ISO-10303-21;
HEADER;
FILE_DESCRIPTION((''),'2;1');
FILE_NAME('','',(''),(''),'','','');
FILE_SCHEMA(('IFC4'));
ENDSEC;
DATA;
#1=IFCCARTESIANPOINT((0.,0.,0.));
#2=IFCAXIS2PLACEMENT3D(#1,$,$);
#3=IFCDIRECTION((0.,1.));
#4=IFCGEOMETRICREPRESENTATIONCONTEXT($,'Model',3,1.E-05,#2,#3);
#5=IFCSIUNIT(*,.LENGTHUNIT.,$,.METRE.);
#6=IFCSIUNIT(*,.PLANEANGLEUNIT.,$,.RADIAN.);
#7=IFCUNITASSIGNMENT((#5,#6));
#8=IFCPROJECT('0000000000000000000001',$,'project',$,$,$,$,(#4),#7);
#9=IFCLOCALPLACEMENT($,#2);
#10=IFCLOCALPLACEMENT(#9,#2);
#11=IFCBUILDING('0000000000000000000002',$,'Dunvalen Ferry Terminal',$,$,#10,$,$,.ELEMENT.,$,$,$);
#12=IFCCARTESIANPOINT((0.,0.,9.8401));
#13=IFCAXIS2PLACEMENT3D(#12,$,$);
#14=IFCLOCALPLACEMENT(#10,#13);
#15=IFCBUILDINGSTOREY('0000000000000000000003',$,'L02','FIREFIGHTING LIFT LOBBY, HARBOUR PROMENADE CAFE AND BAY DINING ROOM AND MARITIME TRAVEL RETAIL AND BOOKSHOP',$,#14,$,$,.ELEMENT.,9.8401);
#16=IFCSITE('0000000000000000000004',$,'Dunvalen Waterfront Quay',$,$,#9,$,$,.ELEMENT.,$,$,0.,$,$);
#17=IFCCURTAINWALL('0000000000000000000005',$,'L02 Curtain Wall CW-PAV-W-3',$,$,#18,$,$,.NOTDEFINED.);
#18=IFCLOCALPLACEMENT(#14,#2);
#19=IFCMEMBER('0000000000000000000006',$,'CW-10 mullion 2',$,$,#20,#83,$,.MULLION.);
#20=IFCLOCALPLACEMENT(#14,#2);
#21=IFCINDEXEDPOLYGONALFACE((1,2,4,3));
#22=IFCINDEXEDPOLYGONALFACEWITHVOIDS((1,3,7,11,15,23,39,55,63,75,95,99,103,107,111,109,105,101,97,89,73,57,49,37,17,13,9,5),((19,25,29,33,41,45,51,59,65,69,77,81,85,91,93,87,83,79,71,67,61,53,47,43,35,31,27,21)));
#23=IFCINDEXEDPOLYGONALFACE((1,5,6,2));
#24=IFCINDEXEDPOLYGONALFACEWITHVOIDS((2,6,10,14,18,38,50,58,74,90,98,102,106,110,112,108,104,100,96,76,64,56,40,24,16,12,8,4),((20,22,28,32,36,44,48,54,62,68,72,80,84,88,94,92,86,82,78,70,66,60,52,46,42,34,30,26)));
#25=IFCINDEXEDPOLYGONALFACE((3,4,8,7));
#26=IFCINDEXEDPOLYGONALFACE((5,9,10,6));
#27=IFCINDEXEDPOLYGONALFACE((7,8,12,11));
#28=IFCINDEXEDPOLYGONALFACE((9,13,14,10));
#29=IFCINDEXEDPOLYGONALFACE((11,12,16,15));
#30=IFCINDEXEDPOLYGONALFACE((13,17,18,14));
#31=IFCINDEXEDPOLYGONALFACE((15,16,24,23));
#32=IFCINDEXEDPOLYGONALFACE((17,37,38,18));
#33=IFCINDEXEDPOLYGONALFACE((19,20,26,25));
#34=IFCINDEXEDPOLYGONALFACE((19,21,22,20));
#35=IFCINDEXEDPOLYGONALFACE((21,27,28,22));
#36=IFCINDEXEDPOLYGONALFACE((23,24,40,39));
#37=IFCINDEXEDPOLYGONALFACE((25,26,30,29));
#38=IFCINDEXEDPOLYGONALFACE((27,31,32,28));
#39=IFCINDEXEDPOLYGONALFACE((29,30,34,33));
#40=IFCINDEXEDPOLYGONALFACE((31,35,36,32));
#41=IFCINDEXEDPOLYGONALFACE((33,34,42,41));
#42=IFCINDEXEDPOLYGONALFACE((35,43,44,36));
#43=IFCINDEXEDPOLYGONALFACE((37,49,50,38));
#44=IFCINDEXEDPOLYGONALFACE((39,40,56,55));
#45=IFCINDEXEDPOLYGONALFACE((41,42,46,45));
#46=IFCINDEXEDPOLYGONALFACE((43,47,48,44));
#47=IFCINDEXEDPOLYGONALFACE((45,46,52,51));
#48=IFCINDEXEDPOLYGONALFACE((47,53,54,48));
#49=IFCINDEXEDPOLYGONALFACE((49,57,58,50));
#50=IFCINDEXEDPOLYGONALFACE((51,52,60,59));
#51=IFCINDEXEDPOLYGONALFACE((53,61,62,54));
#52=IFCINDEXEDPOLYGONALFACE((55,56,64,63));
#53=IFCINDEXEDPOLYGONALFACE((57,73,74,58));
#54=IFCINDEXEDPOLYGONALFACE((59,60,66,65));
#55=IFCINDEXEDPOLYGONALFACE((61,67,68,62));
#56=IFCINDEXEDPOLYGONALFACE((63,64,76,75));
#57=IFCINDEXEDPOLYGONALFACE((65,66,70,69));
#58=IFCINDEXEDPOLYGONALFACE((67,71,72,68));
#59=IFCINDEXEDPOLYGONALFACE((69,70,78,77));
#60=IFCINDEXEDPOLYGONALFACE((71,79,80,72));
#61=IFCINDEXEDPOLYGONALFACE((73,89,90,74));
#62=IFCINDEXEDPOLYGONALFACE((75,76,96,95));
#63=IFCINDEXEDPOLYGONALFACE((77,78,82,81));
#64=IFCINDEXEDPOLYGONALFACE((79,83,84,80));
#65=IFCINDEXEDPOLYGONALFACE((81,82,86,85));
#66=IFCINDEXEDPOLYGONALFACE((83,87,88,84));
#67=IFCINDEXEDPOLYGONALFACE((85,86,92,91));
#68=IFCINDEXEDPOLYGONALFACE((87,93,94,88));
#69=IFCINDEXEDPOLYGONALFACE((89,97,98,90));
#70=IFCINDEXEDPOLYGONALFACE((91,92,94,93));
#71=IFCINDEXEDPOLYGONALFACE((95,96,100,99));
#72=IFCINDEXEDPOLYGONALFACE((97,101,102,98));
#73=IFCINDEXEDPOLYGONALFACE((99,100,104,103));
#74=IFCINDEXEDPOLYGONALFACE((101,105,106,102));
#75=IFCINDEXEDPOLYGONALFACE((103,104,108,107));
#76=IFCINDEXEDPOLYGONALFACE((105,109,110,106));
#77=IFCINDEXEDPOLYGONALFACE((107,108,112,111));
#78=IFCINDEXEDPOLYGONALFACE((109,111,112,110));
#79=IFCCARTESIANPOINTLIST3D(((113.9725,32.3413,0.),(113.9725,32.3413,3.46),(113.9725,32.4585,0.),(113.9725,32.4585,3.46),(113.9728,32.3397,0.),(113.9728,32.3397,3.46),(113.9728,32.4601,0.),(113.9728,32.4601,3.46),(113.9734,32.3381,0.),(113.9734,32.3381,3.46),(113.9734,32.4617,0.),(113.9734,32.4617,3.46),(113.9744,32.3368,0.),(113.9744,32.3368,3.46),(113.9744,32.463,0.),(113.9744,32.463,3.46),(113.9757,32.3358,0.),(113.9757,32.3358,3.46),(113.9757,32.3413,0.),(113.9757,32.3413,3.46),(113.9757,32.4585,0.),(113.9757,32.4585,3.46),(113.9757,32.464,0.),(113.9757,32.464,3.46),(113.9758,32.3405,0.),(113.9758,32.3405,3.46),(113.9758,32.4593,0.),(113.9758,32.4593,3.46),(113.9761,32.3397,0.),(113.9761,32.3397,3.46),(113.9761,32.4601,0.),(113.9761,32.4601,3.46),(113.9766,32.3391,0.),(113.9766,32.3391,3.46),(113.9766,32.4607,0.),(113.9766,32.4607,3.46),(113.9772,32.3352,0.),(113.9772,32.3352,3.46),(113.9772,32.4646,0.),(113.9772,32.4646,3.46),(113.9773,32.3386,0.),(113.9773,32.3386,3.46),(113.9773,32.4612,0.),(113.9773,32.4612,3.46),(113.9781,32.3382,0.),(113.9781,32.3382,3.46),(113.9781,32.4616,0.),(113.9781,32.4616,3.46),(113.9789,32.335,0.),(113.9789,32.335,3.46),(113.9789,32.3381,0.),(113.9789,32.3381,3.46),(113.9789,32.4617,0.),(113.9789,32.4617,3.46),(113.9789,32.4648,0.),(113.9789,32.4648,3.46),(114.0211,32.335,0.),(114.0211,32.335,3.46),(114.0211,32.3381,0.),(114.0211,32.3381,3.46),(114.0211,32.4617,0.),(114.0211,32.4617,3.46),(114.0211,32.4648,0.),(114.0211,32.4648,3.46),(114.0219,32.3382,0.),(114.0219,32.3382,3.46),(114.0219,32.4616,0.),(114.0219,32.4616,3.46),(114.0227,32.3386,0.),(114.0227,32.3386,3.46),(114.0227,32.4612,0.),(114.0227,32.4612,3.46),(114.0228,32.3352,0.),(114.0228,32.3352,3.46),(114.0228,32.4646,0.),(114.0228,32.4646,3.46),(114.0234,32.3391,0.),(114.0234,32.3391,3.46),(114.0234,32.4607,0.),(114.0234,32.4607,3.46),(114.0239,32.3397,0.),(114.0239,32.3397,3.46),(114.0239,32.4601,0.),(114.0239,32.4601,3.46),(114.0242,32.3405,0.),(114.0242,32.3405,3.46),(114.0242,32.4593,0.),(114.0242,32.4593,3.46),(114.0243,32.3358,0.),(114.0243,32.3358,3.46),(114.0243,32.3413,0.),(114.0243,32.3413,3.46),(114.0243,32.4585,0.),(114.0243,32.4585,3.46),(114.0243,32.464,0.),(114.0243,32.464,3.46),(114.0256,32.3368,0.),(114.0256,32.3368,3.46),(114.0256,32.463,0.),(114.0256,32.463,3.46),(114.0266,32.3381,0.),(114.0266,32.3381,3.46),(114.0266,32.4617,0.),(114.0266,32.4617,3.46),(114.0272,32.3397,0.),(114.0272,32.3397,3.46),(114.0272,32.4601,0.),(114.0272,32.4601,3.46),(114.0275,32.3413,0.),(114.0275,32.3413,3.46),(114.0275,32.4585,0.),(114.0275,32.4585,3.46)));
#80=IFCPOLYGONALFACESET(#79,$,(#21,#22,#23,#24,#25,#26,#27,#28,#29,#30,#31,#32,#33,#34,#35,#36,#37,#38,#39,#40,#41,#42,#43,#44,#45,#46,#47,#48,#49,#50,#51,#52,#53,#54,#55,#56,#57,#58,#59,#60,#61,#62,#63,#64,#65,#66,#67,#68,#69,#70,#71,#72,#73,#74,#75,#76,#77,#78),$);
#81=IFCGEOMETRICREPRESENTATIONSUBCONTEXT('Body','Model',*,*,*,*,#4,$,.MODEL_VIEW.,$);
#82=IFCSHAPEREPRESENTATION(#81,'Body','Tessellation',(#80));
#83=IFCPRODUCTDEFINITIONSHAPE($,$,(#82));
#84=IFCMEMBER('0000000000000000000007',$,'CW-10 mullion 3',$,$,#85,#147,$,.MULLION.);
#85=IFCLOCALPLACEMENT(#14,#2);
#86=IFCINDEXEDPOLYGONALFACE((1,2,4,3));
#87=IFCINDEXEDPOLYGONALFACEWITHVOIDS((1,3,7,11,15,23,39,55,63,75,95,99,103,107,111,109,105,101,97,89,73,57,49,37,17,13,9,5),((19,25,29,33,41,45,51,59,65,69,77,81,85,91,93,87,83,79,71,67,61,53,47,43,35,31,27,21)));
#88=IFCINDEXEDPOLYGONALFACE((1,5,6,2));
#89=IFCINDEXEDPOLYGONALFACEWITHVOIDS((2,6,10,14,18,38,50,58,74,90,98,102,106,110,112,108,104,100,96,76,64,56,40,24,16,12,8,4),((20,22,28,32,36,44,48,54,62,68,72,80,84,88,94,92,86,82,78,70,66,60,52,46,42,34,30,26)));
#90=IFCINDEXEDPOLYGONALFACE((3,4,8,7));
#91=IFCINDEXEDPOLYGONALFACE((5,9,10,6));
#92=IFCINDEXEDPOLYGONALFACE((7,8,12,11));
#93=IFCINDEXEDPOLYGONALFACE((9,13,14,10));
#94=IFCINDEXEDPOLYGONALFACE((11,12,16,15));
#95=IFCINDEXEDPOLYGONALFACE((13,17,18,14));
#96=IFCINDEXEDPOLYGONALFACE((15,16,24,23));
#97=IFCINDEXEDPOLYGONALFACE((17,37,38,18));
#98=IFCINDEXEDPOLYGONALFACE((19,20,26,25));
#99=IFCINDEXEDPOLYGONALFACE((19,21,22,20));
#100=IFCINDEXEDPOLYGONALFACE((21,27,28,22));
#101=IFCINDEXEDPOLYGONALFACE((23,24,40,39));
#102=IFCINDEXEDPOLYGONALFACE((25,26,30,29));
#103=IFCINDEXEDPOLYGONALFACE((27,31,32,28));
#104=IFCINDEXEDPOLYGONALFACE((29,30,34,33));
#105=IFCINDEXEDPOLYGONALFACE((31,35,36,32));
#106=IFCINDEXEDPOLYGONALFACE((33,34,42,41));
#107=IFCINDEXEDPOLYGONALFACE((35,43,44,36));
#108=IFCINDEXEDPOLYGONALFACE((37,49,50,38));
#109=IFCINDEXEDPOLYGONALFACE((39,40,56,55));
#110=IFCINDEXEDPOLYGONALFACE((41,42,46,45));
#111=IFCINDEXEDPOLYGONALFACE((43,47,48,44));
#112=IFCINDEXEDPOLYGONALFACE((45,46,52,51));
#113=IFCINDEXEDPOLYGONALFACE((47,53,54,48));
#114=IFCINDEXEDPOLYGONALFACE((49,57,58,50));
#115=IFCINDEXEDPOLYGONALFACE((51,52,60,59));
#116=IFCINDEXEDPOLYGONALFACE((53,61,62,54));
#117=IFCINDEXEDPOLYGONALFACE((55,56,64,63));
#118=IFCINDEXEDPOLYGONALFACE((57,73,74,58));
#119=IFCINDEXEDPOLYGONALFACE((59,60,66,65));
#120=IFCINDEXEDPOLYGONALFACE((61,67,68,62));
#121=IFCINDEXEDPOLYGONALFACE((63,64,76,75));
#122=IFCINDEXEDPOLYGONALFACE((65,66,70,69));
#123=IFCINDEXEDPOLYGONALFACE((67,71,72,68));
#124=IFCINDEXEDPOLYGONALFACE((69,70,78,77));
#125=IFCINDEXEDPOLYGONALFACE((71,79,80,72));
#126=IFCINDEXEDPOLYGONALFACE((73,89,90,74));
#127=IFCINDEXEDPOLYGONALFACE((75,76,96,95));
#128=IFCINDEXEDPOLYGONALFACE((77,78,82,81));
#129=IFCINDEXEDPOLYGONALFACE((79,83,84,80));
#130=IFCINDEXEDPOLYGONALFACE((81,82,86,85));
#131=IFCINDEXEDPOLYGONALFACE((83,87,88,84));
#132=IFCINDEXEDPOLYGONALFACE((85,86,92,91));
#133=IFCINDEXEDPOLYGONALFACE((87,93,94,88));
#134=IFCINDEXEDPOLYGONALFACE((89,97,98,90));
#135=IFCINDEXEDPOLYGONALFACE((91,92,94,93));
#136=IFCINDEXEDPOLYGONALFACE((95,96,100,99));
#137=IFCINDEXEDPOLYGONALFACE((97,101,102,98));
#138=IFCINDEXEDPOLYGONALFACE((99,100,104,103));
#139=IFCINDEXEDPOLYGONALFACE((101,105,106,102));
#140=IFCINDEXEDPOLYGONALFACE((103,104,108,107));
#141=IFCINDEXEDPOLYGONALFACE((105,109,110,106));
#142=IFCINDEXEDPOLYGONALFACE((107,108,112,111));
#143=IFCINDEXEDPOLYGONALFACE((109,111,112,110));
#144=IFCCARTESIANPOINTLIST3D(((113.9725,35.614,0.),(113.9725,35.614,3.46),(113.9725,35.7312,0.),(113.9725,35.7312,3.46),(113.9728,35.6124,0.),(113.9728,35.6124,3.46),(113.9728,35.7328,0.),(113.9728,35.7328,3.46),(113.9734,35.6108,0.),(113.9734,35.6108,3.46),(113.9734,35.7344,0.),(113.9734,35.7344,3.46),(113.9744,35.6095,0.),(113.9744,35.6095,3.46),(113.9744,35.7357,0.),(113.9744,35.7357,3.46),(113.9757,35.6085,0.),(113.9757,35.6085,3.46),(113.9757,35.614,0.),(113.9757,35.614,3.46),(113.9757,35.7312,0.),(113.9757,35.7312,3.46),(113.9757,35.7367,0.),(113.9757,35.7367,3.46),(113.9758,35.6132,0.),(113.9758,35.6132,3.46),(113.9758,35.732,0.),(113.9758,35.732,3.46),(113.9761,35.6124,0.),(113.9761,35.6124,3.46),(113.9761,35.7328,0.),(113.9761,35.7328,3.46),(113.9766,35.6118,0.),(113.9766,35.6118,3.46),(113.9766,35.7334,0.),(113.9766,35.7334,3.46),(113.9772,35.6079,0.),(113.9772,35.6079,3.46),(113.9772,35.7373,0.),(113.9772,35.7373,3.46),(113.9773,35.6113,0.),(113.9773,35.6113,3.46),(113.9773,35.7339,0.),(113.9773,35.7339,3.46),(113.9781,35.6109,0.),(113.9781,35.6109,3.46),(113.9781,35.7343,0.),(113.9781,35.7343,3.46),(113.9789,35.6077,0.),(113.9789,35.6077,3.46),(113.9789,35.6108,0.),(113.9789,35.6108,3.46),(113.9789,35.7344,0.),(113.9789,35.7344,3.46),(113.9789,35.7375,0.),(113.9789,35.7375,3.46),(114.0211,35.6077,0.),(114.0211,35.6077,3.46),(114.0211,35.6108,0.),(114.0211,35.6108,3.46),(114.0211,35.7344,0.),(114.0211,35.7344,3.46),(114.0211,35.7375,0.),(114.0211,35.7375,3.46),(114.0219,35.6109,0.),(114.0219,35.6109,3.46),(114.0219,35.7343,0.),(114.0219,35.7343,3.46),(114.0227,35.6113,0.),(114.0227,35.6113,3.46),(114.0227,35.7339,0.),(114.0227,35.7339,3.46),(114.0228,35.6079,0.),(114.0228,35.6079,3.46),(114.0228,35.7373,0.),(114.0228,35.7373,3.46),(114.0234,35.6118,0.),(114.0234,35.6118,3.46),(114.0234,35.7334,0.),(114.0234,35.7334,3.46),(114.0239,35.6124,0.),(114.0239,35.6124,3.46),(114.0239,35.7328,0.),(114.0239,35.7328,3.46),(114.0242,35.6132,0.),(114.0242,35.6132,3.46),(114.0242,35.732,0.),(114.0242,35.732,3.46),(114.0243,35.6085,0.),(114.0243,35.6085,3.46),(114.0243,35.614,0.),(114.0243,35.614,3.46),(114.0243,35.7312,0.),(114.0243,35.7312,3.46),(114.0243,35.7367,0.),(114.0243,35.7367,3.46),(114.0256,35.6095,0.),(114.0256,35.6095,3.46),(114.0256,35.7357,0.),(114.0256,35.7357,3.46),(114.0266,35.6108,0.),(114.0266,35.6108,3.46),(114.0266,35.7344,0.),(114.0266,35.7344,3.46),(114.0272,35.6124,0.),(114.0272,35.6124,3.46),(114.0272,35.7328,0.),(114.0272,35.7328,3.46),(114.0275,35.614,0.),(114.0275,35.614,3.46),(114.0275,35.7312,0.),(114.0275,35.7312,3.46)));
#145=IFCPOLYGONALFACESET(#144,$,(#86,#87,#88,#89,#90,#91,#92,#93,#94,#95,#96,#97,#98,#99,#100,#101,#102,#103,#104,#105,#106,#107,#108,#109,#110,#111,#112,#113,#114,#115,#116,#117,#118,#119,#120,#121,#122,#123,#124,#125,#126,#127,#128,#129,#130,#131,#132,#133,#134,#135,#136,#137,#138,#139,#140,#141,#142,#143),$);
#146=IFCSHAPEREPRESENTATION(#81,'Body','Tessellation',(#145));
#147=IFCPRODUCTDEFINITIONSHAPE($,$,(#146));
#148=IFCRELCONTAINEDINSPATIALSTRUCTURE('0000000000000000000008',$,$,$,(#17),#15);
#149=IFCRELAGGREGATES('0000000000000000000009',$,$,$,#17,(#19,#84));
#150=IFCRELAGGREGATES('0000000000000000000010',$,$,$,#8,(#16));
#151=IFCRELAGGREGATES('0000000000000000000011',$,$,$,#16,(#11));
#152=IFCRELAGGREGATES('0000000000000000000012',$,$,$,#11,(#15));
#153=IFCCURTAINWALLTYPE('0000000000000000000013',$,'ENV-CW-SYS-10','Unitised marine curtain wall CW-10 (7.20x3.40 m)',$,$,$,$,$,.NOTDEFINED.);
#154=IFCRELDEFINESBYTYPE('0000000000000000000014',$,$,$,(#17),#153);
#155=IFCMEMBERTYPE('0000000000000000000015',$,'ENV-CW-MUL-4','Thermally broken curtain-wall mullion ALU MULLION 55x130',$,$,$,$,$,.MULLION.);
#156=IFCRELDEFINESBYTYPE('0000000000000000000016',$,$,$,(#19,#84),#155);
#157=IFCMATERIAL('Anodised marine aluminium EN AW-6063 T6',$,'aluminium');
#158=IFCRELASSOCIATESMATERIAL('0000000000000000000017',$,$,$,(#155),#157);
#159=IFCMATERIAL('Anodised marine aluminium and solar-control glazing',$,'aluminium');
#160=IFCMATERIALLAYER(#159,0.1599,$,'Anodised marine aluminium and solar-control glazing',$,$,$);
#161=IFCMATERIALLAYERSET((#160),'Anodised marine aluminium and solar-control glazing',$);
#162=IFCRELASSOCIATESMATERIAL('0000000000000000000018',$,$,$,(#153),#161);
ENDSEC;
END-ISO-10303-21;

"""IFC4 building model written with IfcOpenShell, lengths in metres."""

from ifc_helpers import new_model, si_unit, direction, frame, origin, origin_2d, place, context, subcontext, project, spatial, hollow_rectangle, extrude, material, layer, layer_set, material_profile, profile_set, type_object, element, aggregate, save


model = new_model("IFC4")

# Units and contexts
model_context = context("Model", 3, precision=1e-05, world=origin(), true_north=direction((0.0, 1.0)))
body_context = subcontext(model_context, "Body", "Model", "MODEL_VIEW")
ifc_project = project(units=[si_unit("LENGTHUNIT", "METRE"), si_unit("PLANEANGLEUNIT", "RADIAN")], contexts=[model_context])

# Site, building, storey
site_placement = place(None, origin())
site = spatial("IfcSite", under=ifc_project, at=site_placement, Name="Dunvalen Waterfront Quay", CompositionType="ELEMENT", RefElevation=0.0)
building_placement = place(site_placement, origin())
building = spatial("IfcBuilding", under=site, at=building_placement, Name="Dunvalen Ferry Terminal", CompositionType="ELEMENT")
storey_placement = place(building_placement, frame((0.0, 0.0, 9.8401)))
storey = spatial("IfcBuildingStorey", under=building, at=storey_placement, Name="L02", Description="FIREFIGHTING LIFT LOBBY, HARBOUR PROMENADE CAFE AND BAY DINING ROOM AND MARITIME TRAVEL RETAIL AND BOOKSHOP", CompositionType="ELEMENT", Elevation=9.8401)

# Curtain wall, members
ifc_material_1 = material(Name="Anodised marine aluminium and solar-control glazing", Category="aluminium")
ifc_material_2 = material(Name="Anodised marine aluminium EN AW-6063 T6", Category="aluminium")
ifc_material_profile_1 = material_profile(ifc_material_2, hollow_rectangle(XDim=0.0549, YDim=0.1299, WallThickness=0.0032, InnerFilletRadius=0.0032, OuterFilletRadius=0.0063, at=origin_2d()), Name="Anodised marine aluminium EN AW-6063 T6")
ifc_profile_set_1 = profile_set([ifc_material_profile_1], Name="Anodised marine aluminium EN AW-6063 T6")
member_type_1 = type_object("IfcMemberType", Name="ENV-CW-MUL-4", Description="Thermally broken curtain-wall mullion ALU MULLION 55x130", PredefinedType="MULLION", material=ifc_profile_set_1)
ifc_layer_1 = layer(ifc_material_1, 0.1599, Name="Anodised marine aluminium and solar-control glazing")
ifc_layer_set_1 = layer_set([ifc_layer_1], Name="Anodised marine aluminium and solar-control glazing")
curtain_wall_type_1 = type_object("IfcCurtainWallType", Name="ENV-CW-SYS-10", Description="Unitised marine curtain wall CW-10 (7.20x3.40 m)", PredefinedType="NOTDEFINED", material=ifc_layer_set_1)
curtain_wall_1_placement = place(storey_placement, origin())
curtain_wall_1 = element("IfcCurtainWall", 1, at=curtain_wall_1_placement, inside=storey, type_object=curtain_wall_type_1, Name="L02 Curtain Wall CW-PAV-W-3", PredefinedType="NOTDEFINED")
member_1_placement = place(storey_placement, frame((114.0, 32.3999, 0.0), z_axis=(0.0, 0.0, 1.0), x_axis=(-1.0, 0.0, 0.0)))
member_1 = element("IfcMember", 2, at=member_1_placement, type_object=member_type_1, Name="CW-10 mullion 2", PredefinedType="MULLION", context=body_context, shape_type="SweptSolid", body=[
    extrude(hollow_rectangle(XDim=0.0549, YDim=0.1299, WallThickness=0.0032, InnerFilletRadius=0.0032, OuterFilletRadius=0.0063, at=origin_2d()), origin(), (0.0, 0.0, 1.0), 3.46),
])
member_2_placement = place(storey_placement, frame((114.0, 35.6726, 0.0), z_axis=(0.0, 0.0, 1.0), x_axis=(-1.0, 0.0, 0.0)))
member_2 = element("IfcMember", 3, at=member_2_placement, type_object=member_type_1, Name="CW-10 mullion 3", PredefinedType="MULLION", context=body_context, shape_type="SweptSolid", body=[
    extrude(hollow_rectangle(XDim=0.0549, YDim=0.1299, WallThickness=0.0032, InnerFilletRadius=0.0032, OuterFilletRadius=0.0063, at=origin_2d()), origin(), (0.0, 0.0, 1.0), 3.46),
])

aggregate(curtain_wall_1, [member_1, member_2])

save(model, "model.ifc")
